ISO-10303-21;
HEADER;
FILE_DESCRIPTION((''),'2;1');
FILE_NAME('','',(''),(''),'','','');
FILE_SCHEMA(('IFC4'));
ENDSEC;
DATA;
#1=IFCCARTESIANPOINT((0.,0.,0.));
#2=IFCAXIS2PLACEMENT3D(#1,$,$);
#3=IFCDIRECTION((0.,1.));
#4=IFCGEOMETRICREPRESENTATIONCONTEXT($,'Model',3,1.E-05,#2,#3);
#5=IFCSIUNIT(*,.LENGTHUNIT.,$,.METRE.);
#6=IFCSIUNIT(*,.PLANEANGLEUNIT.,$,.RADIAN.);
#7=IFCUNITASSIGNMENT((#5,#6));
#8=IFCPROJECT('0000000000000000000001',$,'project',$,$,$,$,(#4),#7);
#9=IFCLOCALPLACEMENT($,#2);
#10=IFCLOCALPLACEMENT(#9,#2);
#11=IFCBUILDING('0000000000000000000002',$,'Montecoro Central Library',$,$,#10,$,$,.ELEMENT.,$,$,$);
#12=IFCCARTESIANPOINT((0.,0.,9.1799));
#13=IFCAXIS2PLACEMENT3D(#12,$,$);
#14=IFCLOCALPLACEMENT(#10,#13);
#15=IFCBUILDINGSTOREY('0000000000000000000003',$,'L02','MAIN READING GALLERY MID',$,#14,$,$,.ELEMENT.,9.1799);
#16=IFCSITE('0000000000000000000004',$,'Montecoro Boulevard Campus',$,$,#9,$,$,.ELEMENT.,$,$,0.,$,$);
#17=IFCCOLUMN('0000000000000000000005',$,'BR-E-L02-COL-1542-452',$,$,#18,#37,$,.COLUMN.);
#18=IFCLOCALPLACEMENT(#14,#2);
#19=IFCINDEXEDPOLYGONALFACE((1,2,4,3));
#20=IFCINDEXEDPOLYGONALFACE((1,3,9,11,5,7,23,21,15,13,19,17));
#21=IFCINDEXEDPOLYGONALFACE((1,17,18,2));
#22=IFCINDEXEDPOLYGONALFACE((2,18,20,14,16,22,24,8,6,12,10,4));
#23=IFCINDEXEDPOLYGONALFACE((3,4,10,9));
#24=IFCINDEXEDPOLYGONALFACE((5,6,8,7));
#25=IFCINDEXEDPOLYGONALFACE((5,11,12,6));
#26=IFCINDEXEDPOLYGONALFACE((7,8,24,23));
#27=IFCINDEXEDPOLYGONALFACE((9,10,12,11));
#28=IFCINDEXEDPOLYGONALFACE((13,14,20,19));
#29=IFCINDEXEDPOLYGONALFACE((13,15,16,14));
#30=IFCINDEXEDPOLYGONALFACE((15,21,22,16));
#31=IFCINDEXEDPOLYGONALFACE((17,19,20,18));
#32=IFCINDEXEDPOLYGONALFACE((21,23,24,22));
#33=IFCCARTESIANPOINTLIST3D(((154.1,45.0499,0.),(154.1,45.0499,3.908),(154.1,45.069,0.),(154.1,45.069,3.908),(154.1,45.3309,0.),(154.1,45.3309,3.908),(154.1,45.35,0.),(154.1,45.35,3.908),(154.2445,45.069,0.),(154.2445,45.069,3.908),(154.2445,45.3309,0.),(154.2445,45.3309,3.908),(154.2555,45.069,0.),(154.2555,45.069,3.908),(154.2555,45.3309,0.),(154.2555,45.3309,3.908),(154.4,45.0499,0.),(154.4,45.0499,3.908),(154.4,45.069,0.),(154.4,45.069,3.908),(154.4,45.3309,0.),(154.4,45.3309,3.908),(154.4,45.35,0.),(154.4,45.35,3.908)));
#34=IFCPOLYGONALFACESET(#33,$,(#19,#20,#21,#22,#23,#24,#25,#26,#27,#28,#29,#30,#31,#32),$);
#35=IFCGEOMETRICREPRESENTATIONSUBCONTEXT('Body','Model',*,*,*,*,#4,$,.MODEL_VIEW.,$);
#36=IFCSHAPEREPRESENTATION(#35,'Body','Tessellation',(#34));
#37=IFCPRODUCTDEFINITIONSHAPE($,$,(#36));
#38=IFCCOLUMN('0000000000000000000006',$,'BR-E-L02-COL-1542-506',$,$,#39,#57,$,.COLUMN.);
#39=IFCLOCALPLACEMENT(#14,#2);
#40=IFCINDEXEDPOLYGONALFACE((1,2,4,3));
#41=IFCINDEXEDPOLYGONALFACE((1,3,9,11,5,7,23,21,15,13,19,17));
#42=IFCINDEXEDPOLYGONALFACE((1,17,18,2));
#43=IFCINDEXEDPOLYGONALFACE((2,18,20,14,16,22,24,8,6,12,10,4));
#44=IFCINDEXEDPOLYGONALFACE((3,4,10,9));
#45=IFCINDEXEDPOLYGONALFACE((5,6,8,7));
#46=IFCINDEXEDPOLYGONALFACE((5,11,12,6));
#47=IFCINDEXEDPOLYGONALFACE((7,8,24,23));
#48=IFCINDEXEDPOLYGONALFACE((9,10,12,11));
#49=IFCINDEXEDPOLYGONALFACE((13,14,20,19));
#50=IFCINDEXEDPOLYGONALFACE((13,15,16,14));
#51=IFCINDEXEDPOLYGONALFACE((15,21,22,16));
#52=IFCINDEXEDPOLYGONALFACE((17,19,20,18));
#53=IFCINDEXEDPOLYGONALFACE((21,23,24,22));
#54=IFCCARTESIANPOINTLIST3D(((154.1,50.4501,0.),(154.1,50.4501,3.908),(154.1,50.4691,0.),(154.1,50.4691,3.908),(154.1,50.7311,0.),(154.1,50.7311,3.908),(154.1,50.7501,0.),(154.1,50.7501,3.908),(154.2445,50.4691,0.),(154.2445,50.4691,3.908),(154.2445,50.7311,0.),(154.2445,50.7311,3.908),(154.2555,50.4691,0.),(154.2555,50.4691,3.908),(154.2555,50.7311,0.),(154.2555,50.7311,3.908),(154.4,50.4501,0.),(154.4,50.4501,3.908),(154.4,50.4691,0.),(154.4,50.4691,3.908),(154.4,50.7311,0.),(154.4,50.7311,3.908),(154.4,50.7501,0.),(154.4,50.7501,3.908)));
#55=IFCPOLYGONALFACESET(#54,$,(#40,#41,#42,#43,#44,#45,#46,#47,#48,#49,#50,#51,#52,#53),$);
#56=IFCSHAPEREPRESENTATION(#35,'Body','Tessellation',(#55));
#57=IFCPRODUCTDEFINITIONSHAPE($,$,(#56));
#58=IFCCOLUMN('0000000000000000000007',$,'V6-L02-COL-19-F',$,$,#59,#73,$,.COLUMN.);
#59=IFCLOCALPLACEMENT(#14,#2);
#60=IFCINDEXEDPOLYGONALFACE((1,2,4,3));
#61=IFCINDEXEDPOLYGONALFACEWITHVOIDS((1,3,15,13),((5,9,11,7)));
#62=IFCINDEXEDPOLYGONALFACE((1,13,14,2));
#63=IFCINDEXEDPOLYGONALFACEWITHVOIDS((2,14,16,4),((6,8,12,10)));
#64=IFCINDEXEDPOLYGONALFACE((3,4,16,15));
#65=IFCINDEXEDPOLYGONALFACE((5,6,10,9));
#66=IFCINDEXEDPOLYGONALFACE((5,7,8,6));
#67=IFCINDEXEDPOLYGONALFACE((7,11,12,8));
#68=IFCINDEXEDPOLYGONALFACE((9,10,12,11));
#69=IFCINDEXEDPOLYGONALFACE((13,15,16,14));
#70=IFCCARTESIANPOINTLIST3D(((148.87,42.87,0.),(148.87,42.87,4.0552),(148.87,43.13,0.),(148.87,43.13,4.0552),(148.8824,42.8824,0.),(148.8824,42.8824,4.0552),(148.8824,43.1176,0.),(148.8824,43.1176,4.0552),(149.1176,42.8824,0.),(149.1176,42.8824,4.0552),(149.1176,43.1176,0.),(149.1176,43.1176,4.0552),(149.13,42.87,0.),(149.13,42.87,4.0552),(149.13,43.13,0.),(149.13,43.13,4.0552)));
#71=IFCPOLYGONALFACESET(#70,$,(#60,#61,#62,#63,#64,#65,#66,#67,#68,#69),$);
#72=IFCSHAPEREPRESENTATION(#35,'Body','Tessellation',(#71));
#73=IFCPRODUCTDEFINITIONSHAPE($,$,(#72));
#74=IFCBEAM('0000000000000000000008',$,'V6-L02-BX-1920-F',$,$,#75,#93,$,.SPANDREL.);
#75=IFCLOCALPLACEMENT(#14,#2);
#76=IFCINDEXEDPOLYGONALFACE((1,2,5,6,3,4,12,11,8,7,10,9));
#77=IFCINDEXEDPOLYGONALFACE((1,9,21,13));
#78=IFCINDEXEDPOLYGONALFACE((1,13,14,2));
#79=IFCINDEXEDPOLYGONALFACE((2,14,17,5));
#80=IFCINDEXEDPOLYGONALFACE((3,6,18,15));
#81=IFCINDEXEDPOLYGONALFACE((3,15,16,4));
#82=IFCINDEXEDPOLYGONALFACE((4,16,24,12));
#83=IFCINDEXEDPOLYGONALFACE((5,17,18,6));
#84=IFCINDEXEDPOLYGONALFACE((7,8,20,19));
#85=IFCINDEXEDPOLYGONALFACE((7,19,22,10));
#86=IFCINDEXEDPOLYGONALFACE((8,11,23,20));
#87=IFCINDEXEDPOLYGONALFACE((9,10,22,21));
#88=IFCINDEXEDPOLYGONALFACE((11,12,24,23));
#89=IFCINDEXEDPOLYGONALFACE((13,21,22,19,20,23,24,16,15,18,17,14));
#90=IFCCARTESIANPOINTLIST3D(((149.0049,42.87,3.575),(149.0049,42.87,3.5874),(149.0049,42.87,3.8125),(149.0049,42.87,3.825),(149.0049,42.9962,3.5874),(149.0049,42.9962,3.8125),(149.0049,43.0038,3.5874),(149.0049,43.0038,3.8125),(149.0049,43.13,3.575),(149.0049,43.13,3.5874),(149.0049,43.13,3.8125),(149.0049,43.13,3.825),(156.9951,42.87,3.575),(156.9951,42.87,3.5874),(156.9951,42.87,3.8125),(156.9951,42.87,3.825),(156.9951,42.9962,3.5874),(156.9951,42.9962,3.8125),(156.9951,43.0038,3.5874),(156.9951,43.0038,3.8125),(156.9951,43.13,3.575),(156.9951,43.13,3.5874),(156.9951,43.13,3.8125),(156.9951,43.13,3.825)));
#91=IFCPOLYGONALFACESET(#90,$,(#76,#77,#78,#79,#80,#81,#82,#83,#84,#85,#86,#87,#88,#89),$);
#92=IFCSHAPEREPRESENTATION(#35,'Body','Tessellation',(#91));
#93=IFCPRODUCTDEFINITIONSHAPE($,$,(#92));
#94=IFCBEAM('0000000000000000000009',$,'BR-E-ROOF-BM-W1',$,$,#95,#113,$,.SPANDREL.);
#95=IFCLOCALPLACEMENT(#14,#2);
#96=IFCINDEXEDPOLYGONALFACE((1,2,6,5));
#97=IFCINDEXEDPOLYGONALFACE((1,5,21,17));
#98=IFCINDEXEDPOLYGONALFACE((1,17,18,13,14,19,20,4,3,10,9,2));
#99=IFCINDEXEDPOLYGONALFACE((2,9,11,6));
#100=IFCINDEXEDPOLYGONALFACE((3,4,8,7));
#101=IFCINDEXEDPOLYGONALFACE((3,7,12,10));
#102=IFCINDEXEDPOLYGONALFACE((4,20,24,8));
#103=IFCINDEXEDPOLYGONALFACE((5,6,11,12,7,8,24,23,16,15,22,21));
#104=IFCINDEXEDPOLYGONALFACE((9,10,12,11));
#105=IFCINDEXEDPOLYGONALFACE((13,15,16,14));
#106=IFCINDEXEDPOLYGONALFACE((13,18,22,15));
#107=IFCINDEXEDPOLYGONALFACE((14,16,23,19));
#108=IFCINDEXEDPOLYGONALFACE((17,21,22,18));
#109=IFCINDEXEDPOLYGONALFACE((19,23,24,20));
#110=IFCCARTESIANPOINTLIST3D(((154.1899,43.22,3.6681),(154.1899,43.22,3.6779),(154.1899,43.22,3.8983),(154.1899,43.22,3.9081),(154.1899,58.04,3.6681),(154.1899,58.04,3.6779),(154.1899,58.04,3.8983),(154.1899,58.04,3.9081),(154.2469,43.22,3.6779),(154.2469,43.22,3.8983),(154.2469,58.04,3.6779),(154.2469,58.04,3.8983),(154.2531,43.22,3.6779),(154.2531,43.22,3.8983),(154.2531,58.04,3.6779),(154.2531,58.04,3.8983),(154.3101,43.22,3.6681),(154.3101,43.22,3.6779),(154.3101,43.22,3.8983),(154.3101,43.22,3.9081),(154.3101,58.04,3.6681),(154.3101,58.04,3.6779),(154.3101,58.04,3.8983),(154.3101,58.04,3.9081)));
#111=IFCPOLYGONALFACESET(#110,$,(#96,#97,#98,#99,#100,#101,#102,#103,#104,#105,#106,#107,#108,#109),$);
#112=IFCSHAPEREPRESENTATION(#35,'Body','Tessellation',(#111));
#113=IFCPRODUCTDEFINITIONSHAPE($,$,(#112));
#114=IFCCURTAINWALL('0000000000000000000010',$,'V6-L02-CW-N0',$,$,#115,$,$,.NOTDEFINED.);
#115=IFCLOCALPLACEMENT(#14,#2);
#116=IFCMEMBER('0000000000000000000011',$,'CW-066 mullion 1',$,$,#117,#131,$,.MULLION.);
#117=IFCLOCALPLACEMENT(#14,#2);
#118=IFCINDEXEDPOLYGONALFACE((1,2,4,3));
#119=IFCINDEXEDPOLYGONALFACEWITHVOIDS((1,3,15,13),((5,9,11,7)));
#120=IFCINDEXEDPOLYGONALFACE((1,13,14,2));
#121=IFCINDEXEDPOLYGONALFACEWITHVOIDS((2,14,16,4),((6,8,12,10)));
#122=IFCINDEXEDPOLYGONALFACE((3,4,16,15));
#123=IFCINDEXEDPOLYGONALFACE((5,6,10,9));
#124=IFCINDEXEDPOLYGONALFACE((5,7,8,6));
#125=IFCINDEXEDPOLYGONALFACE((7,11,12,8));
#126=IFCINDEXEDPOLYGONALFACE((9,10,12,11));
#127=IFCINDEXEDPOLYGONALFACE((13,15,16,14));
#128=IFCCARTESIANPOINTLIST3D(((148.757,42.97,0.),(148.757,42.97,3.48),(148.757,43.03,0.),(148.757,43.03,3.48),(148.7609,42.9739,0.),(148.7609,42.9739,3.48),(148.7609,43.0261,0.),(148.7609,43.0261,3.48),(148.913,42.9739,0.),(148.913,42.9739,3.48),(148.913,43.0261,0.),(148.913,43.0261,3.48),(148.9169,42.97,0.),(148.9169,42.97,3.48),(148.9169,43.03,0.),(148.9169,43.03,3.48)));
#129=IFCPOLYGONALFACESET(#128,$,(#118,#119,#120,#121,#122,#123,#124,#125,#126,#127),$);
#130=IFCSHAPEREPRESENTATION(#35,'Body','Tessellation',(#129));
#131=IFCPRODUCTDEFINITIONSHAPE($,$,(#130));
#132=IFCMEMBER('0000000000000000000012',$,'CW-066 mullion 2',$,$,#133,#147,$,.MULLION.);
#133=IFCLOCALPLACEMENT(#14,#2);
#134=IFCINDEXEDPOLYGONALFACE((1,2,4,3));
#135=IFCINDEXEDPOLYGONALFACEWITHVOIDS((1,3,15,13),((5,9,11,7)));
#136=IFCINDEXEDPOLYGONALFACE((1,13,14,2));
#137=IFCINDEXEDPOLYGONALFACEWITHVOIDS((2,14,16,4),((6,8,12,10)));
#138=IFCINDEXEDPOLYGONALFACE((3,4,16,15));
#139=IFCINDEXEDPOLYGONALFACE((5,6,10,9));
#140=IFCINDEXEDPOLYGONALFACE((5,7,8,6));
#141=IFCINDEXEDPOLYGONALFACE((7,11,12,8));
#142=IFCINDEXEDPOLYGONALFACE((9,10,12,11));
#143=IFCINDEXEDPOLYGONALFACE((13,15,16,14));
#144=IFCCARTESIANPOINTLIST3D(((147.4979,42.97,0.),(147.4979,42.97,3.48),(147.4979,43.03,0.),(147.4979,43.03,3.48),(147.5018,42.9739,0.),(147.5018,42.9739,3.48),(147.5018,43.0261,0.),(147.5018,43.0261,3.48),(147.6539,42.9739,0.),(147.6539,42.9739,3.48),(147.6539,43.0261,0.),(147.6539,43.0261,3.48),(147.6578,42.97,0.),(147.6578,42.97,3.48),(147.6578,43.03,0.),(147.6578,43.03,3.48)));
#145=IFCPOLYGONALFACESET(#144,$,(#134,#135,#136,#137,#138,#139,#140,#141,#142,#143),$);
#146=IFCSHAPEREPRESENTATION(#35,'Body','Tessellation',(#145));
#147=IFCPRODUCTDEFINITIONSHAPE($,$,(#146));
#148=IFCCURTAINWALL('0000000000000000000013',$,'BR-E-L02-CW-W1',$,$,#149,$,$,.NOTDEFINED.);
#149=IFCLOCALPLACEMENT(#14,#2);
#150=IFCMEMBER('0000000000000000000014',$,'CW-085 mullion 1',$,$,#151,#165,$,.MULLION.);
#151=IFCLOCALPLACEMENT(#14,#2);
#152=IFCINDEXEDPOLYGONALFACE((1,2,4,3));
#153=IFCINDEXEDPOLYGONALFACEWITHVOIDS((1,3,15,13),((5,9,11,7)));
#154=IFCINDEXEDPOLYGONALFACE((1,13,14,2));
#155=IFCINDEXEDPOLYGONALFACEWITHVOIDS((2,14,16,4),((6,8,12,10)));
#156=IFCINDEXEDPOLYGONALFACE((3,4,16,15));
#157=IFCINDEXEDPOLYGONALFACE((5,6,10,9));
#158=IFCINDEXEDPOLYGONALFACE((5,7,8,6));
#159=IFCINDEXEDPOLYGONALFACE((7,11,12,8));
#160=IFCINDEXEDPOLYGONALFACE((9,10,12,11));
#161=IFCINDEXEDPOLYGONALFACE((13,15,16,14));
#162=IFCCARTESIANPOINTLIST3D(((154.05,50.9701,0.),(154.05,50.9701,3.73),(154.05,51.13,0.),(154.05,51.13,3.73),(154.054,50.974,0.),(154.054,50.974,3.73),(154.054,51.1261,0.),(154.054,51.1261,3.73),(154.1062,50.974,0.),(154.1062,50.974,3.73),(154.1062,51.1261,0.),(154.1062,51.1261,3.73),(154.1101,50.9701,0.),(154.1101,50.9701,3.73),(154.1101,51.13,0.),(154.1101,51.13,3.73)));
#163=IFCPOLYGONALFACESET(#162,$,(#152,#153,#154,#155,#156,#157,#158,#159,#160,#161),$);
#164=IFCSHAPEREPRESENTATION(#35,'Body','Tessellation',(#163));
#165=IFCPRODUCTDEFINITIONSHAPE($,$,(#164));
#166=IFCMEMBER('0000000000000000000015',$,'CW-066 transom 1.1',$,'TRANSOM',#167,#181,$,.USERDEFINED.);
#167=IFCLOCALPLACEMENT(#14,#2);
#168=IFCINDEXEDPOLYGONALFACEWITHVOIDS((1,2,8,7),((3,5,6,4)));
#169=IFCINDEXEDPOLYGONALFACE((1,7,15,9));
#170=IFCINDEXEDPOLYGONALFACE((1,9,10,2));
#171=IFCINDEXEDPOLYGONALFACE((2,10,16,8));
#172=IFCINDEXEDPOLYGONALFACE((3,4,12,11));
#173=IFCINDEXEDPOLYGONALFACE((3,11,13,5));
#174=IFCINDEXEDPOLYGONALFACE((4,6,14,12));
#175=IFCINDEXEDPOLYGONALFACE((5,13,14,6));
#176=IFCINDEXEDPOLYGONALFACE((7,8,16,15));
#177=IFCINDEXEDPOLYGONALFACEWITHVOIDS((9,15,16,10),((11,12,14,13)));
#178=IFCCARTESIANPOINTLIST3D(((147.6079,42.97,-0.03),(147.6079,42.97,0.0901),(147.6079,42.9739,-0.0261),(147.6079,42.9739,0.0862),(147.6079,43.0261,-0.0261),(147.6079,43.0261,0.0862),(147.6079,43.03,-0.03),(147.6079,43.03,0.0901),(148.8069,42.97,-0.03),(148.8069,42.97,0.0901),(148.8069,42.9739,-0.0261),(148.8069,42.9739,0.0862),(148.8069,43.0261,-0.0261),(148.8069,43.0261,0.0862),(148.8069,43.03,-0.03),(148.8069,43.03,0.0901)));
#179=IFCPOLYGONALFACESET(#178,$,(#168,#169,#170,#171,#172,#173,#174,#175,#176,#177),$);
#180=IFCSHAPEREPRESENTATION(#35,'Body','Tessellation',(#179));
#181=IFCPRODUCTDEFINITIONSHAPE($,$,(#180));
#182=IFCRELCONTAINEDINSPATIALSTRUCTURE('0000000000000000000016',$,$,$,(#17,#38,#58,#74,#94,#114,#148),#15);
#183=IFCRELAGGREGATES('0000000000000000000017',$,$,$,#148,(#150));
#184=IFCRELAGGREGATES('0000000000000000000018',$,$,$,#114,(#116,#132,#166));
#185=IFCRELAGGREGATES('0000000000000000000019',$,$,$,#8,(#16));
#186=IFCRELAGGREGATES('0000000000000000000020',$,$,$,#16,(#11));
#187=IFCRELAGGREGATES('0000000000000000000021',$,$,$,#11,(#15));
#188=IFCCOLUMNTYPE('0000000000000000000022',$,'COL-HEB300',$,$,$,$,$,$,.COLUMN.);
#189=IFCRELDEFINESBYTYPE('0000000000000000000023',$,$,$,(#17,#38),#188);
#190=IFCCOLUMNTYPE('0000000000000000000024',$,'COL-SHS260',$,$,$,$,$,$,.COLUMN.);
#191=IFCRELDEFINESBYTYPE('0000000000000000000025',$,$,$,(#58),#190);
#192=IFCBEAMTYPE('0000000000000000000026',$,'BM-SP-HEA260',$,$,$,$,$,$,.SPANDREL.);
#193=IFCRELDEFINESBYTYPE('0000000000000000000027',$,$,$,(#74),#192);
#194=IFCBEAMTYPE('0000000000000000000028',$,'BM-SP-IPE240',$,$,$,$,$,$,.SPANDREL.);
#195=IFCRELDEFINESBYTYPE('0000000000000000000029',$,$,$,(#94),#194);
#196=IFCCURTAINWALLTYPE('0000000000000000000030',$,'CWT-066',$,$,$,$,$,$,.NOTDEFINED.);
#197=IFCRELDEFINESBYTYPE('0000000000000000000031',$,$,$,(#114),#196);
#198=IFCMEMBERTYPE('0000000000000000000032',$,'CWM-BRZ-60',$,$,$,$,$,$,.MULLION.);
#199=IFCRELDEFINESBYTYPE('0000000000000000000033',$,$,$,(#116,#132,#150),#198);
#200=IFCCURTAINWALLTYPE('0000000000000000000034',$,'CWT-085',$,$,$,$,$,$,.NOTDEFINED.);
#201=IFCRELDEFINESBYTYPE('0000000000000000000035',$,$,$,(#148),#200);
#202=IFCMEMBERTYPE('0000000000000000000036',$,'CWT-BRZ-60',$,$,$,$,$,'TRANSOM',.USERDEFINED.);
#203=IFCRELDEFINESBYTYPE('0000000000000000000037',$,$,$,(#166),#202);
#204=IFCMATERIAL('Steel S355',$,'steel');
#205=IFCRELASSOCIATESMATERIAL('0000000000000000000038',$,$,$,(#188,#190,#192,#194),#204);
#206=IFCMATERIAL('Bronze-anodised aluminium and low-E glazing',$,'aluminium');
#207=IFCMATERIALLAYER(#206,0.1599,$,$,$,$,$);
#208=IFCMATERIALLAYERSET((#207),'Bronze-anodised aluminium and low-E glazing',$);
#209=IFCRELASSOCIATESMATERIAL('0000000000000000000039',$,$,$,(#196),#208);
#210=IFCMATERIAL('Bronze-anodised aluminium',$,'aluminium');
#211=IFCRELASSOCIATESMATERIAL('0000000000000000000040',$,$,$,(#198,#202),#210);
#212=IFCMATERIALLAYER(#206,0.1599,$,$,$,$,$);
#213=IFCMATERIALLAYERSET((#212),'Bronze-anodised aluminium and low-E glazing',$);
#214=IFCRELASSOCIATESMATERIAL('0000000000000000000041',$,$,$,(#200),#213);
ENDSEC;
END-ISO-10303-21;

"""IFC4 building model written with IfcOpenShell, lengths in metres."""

from ifc_helpers import new_model, si_unit, direction, frame, origin, origin_2d, place, context, subcontext, project, spatial, hollow_rectangle, i_section, extrude, material, layer, layer_set, material_profile, profile_set, type_object, element, aggregate, save


model = new_model("IFC4")

# Units and contexts
model_context = context("Model", 3, precision=1e-05, world=origin(), true_north=direction((0.0, 1.0)))
body_context = subcontext(model_context, "Body", "Model", "MODEL_VIEW")
ifc_project = project(units=[si_unit("LENGTHUNIT", "METRE"), si_unit("PLANEANGLEUNIT", "RADIAN")], contexts=[model_context])

# Site, building, storey
site_placement = place(None, origin())
site = spatial("IfcSite", under=ifc_project, at=site_placement, Name="Montecoro Boulevard Campus", CompositionType="ELEMENT", RefElevation=0.0)
building_placement = place(site_placement, origin())
building = spatial("IfcBuilding", under=site, at=building_placement, Name="Montecoro Central Library", CompositionType="ELEMENT")
storey_placement = place(building_placement, frame((0.0, 0.0, 9.1799)))
storey = spatial("IfcBuildingStorey", under=building, at=storey_placement, Name="L02", Description="MAIN READING GALLERY MID", CompositionType="ELEMENT", Elevation=9.1799)

# Columns
ifc_material_1 = material(Name="Steel S355", Category="steel")
ifc_material_profile_1 = material_profile(ifc_material_1, i_section(OverallWidth=0.3, OverallDepth=0.3, WebThickness=0.011, FlangeThickness=0.019, at=origin_2d()), Name="HEB 300")
ifc_profile_set_1 = profile_set([ifc_material_profile_1], Name="Steel S355")
column_type_1 = type_object("IfcColumnType", Name="COL-HEB300", PredefinedType="COLUMN", material=ifc_profile_set_1)
for number, where, z_axis, x_axis, name in (
    (1, (154.25, 45.2, 0.0), (0.0, 0.0, 1.0), (1.0, 0.0, 0.0), "BR-E-L02-COL-1542-452"),
    (2, (154.25, 50.6001, 0.0), (0.0, 0.0, 1.0), (1.0, 0.0, 0.0), "BR-E-L02-COL-1542-506"),
):
    element("IfcColumn", number, at=place(storey_placement, frame(where, z_axis=z_axis, x_axis=x_axis)), inside=storey, type_object=column_type_1, Name=name, PredefinedType="COLUMN", context=body_context, shape_type="SweptSolid", body=[
        extrude(i_section(OverallWidth=0.3, OverallDepth=0.3, WebThickness=0.011, FlangeThickness=0.019, at=origin_2d()), origin(), (0.0, 0.0, 1.0), 3.908),
    ])
ifc_material_profile_2 = material_profile(ifc_material_1, hollow_rectangle(XDim=0.26, YDim=0.26, WallThickness=0.0125, at=origin_2d()), Name="SHS 260x260x12.5")
ifc_profile_set_2 = profile_set([ifc_material_profile_2], Name="Steel S355")
column_type_2 = type_object("IfcColumnType", Name="COL-SHS260", PredefinedType="COLUMN", material=ifc_profile_set_2)
column_placement = place(storey_placement, frame((149.0, 43.0, 0.0), z_axis=(0.0, 0.0, 1.0), x_axis=(1.0, 0.0, 0.0)))
element("IfcColumn", 3, at=column_placement, inside=storey, type_object=column_type_2, Name="V6-L02-COL-19-F", PredefinedType="COLUMN", context=body_context, shape_type="SweptSolid", body=[
    extrude(hollow_rectangle(XDim=0.26, YDim=0.26, WallThickness=0.0125, at=origin_2d()), origin(), (0.0, 0.0, 1.0), 4.0552),
])

# Beams
ifc_material_profile_3 = material_profile(ifc_material_1, i_section(OverallWidth=0.26, OverallDepth=0.25, WebThickness=0.0076, FlangeThickness=0.0125, at=origin_2d()), Name="HEA 260")
ifc_profile_set_3 = profile_set([ifc_material_profile_3], Name="Steel S355")
beam_type_1 = type_object("IfcBeamType", Name="BM-SP-HEA260", PredefinedType="SPANDREL", material=ifc_profile_set_3)
beam_1_placement = place(storey_placement, frame((149.0049, 43.0, 3.7), z_axis=(1.0, 0.0, 0.0), x_axis=(0.0, 1.0, 0.0)))
element("IfcBeam", 4, at=beam_1_placement, inside=storey, type_object=beam_type_1, Name="V6-L02-BX-1920-F", PredefinedType="SPANDREL", context=body_context, shape_type="SweptSolid", body=[
    extrude(i_section(OverallWidth=0.26, OverallDepth=0.25, WebThickness=0.0076, FlangeThickness=0.0125, at=origin_2d()), origin(), (0.0, 0.0, 1.0), 7.9902),
])
ifc_material_profile_4 = material_profile(ifc_material_1, i_section(OverallWidth=0.1201, OverallDepth=0.24, WebThickness=0.0061, FlangeThickness=0.0098, at=origin_2d()), Name="IPE 240")
ifc_profile_set_4 = profile_set([ifc_material_profile_4], Name="Steel S355")
beam_type_2 = type_object("IfcBeamType", Name="BM-SP-IPE240", PredefinedType="SPANDREL", material=ifc_profile_set_4)
beam_2_placement = place(storey_placement, frame((154.25, 43.22, 3.7881), z_axis=(0.0, 1.0, 0.0), x_axis=(-1.0, 0.0, 0.0)))
element("IfcBeam", 5, at=beam_2_placement, inside=storey, type_object=beam_type_2, Name="BR-E-ROOF-BM-W1", PredefinedType="SPANDREL", context=body_context, shape_type="SweptSolid", body=[
    extrude(i_section(OverallWidth=0.1201, OverallDepth=0.24, WebThickness=0.0061, FlangeThickness=0.0098, at=origin_2d()), origin(), (0.0, 0.0, 1.0), 14.8201),
])

# Curtain wall, members
ifc_material_2 = material(Name="Bronze-anodised aluminium and low-E glazing", Category="aluminium")
ifc_layer_1 = layer(ifc_material_2, 0.1599)
ifc_layer_set_1 = layer_set([ifc_layer_1], Name="Bronze-anodised aluminium and low-E glazing")
curtain_wall_type_1 = type_object("IfcCurtainWallType", Name="CWT-066", PredefinedType="NOTDEFINED", material=ifc_layer_set_1)
curtain_wall_1_placement = place(storey_placement, origin())
curtain_wall_1 = element("IfcCurtainWall", 6, at=curtain_wall_1_placement, inside=storey, type_object=curtain_wall_type_1, Name="V6-L02-CW-N0", PredefinedType="NOTDEFINED")
ifc_material_3 = material(Name="Bronze-anodised aluminium", Category="aluminium")
ifc_material_profile_5 = material_profile(ifc_material_3, hollow_rectangle(XDim=0.0601, YDim=0.1599, WallThickness=0.0039, at=origin_2d()), Name="CWM 160x60x4.0")
ifc_profile_set_5 = profile_set([ifc_material_profile_5], Name="Bronze-anodised aluminium")
member_type_1 = type_object("IfcMemberType", Name="CWM-BRZ-60", PredefinedType="MULLION", material=ifc_profile_set_5)
member_1_placement = place(storey_placement, frame((148.8369, 43.0, 0.0), z_axis=(0.0, 0.0, 1.0), x_axis=(0.0, -1.0, 0.0)))
member_1 = element("IfcMember", 7, at=member_1_placement, type_object=member_type_1, Name="CW-066 mullion 1", PredefinedType="MULLION", context=body_context, shape_type="SweptSolid", body=[
    extrude(hollow_rectangle(XDim=0.0601, YDim=0.1599, WallThickness=0.0039, at=origin_2d()), origin(), (0.0, 0.0, 1.0), 3.48),
])
member_2_placement = place(storey_placement, frame((147.5779, 43.0, 0.0), z_axis=(0.0, 0.0, 1.0), x_axis=(0.0, -1.0, 0.0)))
member_2 = element("IfcMember", 8, at=member_2_placement, type_object=member_type_1, Name="CW-066 mullion 2", PredefinedType="MULLION", context=body_context, shape_type="SweptSolid", body=[
    extrude(hollow_rectangle(XDim=0.0601, YDim=0.1599, WallThickness=0.0039, at=origin_2d()), origin(), (0.0, 0.0, 1.0), 3.48),
])

# Curtain wall, member
ifc_layer_2 = layer(ifc_material_2, 0.1599)
ifc_layer_set_2 = layer_set([ifc_layer_2], Name="Bronze-anodised aluminium and low-E glazing")
curtain_wall_type_2 = type_object("IfcCurtainWallType", Name="CWT-085", PredefinedType="NOTDEFINED", material=ifc_layer_set_2)
curtain_wall_2_placement = place(storey_placement, origin())
curtain_wall_2 = element("IfcCurtainWall", 9, at=curtain_wall_2_placement, inside=storey, type_object=curtain_wall_type_2, Name="BR-E-L02-CW-W1", PredefinedType="NOTDEFINED")
member_3_placement = place(storey_placement, frame((154.0801, 51.05, 0.0), z_axis=(0.0, 0.0, 1.0), x_axis=(-1.0, 0.0, 0.0)))
member_3 = element("IfcMember", 10, at=member_3_placement, type_object=member_type_1, Name="CW-085 mullion 1", PredefinedType="MULLION", context=body_context, shape_type="SweptSolid", body=[
    extrude(hollow_rectangle(XDim=0.0601, YDim=0.1599, WallThickness=0.0039, at=origin_2d()), origin(), (0.0, 0.0, 1.0), 3.73),
])

# Member
ifc_material_profile_6 = material_profile(ifc_material_3, hollow_rectangle(XDim=0.0601, YDim=0.1201, WallThickness=0.0039, at=origin_2d()), Name="CWT 120x60x4.0")
ifc_profile_set_6 = profile_set([ifc_material_profile_6], Name="Bronze-anodised aluminium")
member_type_2 = type_object("IfcMemberType", Name="CWT-BRZ-60", ElementType="TRANSOM", PredefinedType="USERDEFINED", material=ifc_profile_set_6)
member_4_placement = place(storey_placement, frame((148.8069, 43.0, 0.03), z_axis=(-1.0, 0.0, 0.0), x_axis=(0.0, -1.0, 0.0)))
member_4 = element("IfcMember", 11, at=member_4_placement, type_object=member_type_2, Name="CW-066 transom 1.1", ObjectType="TRANSOM", PredefinedType="USERDEFINED", context=body_context, shape_type="SweptSolid", body=[
    extrude(hollow_rectangle(XDim=0.0601, YDim=0.1201, WallThickness=0.0039, at=origin_2d()), origin(), (0.0, 0.0, 1.0), 1.199),
])

aggregate(curtain_wall_2, [member_3])
aggregate(curtain_wall_1, [member_1, member_2, member_4])

save(model, "model.ifc")
